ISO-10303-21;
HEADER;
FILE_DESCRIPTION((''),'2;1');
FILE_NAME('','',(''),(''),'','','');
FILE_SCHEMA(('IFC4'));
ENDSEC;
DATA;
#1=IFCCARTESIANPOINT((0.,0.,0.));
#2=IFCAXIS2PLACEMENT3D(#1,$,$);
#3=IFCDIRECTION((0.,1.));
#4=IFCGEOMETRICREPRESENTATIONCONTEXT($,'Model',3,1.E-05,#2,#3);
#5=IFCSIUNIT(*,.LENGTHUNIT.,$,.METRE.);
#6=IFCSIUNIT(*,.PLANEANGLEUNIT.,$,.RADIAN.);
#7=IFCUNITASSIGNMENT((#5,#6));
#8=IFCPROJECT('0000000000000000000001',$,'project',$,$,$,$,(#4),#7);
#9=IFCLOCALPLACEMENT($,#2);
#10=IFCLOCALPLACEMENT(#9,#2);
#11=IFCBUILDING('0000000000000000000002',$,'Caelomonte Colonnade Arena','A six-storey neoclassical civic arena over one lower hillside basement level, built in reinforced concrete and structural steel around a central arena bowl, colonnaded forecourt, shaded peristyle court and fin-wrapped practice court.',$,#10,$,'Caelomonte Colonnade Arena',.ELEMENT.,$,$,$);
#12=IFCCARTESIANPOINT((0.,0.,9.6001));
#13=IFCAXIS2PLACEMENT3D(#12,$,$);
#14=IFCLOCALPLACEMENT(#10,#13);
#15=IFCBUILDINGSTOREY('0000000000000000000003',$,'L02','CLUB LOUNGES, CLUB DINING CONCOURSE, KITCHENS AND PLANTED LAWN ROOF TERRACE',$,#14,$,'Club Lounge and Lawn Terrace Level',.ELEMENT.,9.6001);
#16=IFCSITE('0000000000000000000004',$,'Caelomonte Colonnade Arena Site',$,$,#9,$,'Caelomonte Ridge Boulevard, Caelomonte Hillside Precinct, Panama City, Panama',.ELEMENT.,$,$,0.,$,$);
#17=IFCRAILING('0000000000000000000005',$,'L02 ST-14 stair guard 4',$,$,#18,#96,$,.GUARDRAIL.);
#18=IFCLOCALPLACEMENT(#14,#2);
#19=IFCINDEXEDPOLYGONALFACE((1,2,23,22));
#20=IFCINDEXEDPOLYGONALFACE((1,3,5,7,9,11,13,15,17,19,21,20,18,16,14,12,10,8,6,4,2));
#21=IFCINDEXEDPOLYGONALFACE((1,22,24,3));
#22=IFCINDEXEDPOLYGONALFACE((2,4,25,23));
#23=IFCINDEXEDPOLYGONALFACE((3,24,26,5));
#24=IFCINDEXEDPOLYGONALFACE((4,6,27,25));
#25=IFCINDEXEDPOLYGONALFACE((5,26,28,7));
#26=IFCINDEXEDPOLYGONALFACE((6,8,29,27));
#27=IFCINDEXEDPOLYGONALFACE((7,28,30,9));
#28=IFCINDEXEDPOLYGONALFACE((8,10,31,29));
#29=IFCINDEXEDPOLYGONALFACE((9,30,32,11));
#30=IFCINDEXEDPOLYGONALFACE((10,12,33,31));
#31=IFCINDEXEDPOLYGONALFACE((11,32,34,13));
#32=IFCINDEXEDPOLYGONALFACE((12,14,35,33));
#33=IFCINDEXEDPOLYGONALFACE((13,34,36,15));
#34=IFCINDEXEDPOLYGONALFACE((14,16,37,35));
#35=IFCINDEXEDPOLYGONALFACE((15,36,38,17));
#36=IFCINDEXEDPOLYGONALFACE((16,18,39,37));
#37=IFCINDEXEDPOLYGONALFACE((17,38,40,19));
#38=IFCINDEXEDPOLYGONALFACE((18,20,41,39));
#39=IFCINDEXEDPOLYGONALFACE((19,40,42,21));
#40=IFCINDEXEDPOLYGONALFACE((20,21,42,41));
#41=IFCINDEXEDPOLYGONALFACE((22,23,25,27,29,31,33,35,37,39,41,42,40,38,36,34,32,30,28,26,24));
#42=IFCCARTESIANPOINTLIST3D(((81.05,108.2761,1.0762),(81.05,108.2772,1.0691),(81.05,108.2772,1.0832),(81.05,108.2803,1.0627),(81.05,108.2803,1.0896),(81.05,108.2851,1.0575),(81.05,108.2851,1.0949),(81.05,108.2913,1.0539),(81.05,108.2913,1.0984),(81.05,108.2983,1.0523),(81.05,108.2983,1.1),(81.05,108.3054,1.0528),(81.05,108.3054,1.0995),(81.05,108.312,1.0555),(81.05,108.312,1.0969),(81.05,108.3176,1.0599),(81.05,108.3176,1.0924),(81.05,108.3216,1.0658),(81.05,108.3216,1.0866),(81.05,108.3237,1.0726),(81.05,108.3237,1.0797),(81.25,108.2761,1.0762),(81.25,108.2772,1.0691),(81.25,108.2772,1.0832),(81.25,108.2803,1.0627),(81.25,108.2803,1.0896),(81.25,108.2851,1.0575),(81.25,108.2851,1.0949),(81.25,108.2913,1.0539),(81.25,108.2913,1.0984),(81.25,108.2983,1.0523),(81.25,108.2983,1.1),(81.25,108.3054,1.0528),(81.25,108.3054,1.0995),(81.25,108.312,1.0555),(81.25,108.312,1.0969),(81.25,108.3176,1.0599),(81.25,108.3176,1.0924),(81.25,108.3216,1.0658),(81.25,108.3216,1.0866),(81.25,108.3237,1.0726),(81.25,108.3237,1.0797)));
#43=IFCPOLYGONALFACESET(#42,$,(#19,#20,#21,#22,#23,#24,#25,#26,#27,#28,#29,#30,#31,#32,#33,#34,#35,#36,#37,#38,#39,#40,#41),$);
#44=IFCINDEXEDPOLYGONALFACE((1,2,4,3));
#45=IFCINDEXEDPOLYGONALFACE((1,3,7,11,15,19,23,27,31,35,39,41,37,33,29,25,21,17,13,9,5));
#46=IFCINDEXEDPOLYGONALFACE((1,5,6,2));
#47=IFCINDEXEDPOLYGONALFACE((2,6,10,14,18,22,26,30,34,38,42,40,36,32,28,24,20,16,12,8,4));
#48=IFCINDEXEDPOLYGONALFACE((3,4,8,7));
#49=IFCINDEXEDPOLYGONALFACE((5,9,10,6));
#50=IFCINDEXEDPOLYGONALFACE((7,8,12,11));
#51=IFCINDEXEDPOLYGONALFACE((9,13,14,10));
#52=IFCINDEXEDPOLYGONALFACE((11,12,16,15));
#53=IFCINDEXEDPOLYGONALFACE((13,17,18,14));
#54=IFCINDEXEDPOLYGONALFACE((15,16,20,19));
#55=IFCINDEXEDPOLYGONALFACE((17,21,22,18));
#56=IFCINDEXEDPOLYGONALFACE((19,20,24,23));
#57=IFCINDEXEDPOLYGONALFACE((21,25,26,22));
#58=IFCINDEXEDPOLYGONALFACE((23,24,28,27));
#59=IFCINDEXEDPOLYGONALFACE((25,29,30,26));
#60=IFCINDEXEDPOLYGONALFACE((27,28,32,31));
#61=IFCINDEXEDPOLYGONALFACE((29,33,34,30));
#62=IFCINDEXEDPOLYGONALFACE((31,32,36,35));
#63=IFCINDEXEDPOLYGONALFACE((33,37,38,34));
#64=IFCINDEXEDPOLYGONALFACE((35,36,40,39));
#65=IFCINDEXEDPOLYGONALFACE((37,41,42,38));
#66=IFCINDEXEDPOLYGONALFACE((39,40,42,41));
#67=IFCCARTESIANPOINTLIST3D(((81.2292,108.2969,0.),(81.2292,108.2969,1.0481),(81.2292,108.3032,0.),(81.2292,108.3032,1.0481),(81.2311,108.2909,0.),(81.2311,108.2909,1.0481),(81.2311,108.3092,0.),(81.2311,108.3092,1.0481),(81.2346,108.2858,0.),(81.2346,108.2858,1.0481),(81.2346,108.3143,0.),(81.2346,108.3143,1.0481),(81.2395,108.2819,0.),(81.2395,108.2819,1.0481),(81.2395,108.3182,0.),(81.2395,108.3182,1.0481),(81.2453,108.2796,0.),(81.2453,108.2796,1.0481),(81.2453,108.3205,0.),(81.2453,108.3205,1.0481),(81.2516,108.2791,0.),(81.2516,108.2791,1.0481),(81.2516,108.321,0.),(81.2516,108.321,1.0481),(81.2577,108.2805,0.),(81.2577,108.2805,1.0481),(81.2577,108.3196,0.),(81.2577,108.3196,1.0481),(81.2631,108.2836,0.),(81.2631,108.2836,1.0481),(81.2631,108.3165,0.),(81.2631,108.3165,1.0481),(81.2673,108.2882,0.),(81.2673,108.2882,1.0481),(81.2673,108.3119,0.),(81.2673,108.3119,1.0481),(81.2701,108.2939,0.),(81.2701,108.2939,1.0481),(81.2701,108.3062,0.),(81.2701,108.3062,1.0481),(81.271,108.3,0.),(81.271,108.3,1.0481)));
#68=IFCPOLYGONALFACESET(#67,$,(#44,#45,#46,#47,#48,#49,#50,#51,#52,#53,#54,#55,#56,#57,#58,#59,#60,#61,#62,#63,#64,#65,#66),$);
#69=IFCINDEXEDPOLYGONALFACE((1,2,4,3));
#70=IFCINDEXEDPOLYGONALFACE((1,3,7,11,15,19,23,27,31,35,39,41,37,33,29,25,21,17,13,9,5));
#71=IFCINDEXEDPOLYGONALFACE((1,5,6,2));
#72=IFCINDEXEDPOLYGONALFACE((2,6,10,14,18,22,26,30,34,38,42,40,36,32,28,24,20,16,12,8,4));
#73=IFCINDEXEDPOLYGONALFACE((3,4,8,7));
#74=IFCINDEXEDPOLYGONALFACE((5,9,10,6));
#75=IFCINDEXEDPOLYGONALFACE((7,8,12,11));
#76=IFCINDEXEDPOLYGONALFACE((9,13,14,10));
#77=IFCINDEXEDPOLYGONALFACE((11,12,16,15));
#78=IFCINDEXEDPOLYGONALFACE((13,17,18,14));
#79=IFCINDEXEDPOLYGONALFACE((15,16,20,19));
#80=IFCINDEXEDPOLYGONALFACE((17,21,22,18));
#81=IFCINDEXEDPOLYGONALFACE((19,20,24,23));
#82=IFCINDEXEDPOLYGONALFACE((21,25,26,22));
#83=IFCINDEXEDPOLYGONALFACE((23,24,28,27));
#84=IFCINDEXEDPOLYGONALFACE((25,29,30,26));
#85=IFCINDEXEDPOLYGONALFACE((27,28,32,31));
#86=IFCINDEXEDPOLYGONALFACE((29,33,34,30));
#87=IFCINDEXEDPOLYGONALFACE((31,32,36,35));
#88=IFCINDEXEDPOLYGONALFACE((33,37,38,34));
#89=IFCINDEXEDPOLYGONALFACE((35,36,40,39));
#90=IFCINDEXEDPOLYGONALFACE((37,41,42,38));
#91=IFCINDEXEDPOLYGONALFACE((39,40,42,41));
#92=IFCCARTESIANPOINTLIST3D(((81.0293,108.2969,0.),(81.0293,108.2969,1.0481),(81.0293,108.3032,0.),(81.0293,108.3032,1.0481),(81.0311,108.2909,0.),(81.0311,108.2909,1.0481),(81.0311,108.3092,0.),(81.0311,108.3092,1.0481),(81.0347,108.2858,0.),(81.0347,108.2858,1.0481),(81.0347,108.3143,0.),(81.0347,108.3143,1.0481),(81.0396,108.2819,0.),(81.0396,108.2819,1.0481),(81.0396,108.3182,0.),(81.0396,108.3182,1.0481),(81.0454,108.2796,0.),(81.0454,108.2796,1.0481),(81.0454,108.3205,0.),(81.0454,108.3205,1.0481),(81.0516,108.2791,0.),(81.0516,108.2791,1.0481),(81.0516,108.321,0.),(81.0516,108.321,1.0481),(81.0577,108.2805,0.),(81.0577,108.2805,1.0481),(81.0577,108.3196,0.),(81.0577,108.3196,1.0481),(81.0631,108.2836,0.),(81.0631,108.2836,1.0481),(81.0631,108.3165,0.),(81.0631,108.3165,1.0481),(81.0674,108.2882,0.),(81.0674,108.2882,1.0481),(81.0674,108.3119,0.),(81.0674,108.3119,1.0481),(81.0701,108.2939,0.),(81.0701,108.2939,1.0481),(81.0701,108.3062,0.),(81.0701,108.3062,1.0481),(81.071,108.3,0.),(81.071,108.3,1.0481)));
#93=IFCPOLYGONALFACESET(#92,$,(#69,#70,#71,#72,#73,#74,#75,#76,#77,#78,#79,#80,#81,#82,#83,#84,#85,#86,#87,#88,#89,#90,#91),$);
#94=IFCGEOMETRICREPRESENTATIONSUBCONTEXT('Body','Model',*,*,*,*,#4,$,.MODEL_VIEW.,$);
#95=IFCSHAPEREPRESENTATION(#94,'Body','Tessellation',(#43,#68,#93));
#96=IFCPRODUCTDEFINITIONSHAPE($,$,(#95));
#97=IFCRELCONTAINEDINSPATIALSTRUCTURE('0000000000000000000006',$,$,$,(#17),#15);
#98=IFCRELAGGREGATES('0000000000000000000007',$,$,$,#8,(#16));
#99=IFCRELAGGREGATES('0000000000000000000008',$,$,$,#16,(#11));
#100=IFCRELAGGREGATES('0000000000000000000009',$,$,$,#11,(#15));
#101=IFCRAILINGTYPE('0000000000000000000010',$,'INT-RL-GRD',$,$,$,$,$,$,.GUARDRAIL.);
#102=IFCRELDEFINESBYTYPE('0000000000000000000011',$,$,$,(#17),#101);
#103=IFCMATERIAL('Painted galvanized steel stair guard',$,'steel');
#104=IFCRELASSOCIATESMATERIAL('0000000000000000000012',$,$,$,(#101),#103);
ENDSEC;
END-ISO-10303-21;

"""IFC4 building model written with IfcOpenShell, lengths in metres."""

from ifc_helpers import new_model, si_unit, direction, frame, origin, origin_2d, place, context, subcontext, project, spatial, circle, extrude, material, type_object, element, save


model = new_model("IFC4")

# Units and contexts
model_context = context("Model", 3, precision=1e-05, world=origin(), true_north=direction((0.0, 1.0)))
body_context = subcontext(model_context, "Body", "Model", "MODEL_VIEW")
ifc_project = project(units=[si_unit("LENGTHUNIT", "METRE"), si_unit("PLANEANGLEUNIT", "RADIAN")], contexts=[model_context])

# Site, building, storey
site_placement = place(None, origin())
site = spatial("IfcSite", under=ifc_project, at=site_placement, Name="Caelomonte Colonnade Arena Site", LongName="Caelomonte Ridge Boulevard, Caelomonte Hillside Precinct, Panama City, Panama", CompositionType="ELEMENT", RefElevation=0.0)
building_placement = place(site_placement, origin())
building = spatial("IfcBuilding", under=site, at=building_placement, Name="Caelomonte Colonnade Arena", Description="A six-storey neoclassical civic arena over one lower hillside basement level, built in reinforced concrete and structural steel around a central arena bowl, colonnaded forecourt, shaded peristyle court and fin-wrapped practice court.", LongName="Caelomonte Colonnade Arena", CompositionType="ELEMENT")
storey_placement = place(building_placement, frame((0.0, 0.0, 9.6001)))
storey = spatial("IfcBuildingStorey", under=building, at=storey_placement, Name="L02", Description="CLUB LOUNGES, CLUB DINING CONCOURSE, KITCHENS AND PLANTED LAWN ROOF TERRACE", LongName="Club Lounge and Lawn Terrace Level", CompositionType="ELEMENT", Elevation=9.6001)

# Railing
ifc_material_1 = material(Name="Painted galvanized steel stair guard", Category="steel")
railing_type_1 = type_object("IfcRailingType", Name="INT-RL-GRD", PredefinedType="GUARDRAIL", material=ifc_material_1)
railing_1_placement = place(storey_placement, frame((81.25, 108.3, 0.0)))
element("IfcRailing", 1, at=railing_1_placement, inside=storey, type_object=railing_type_1, Name="L02 ST-14 stair guard 4", PredefinedType="GUARDRAIL", context=body_context, shape_type="SweptSolid", body=[
    extrude(circle(Radius=0.0239, at=origin_2d()), frame((0.0, 0.0, 1.0762), z_axis=(-1.0, 0.0, 0.0), x_axis=(0.0, -1.0, 0.0)), (0.0, 0.0, 1.0), 0.2),
    extrude(circle(Radius=0.021, at=origin_2d()), origin(), (0.0, 0.0, 1.0), 1.0481),
    extrude(circle(Radius=0.021, at=origin_2d()), frame((-0.2, 0.0, 0.0)), (0.0, 0.0, 1.0), 1.0481),
])

save(model, "model.ifc")
